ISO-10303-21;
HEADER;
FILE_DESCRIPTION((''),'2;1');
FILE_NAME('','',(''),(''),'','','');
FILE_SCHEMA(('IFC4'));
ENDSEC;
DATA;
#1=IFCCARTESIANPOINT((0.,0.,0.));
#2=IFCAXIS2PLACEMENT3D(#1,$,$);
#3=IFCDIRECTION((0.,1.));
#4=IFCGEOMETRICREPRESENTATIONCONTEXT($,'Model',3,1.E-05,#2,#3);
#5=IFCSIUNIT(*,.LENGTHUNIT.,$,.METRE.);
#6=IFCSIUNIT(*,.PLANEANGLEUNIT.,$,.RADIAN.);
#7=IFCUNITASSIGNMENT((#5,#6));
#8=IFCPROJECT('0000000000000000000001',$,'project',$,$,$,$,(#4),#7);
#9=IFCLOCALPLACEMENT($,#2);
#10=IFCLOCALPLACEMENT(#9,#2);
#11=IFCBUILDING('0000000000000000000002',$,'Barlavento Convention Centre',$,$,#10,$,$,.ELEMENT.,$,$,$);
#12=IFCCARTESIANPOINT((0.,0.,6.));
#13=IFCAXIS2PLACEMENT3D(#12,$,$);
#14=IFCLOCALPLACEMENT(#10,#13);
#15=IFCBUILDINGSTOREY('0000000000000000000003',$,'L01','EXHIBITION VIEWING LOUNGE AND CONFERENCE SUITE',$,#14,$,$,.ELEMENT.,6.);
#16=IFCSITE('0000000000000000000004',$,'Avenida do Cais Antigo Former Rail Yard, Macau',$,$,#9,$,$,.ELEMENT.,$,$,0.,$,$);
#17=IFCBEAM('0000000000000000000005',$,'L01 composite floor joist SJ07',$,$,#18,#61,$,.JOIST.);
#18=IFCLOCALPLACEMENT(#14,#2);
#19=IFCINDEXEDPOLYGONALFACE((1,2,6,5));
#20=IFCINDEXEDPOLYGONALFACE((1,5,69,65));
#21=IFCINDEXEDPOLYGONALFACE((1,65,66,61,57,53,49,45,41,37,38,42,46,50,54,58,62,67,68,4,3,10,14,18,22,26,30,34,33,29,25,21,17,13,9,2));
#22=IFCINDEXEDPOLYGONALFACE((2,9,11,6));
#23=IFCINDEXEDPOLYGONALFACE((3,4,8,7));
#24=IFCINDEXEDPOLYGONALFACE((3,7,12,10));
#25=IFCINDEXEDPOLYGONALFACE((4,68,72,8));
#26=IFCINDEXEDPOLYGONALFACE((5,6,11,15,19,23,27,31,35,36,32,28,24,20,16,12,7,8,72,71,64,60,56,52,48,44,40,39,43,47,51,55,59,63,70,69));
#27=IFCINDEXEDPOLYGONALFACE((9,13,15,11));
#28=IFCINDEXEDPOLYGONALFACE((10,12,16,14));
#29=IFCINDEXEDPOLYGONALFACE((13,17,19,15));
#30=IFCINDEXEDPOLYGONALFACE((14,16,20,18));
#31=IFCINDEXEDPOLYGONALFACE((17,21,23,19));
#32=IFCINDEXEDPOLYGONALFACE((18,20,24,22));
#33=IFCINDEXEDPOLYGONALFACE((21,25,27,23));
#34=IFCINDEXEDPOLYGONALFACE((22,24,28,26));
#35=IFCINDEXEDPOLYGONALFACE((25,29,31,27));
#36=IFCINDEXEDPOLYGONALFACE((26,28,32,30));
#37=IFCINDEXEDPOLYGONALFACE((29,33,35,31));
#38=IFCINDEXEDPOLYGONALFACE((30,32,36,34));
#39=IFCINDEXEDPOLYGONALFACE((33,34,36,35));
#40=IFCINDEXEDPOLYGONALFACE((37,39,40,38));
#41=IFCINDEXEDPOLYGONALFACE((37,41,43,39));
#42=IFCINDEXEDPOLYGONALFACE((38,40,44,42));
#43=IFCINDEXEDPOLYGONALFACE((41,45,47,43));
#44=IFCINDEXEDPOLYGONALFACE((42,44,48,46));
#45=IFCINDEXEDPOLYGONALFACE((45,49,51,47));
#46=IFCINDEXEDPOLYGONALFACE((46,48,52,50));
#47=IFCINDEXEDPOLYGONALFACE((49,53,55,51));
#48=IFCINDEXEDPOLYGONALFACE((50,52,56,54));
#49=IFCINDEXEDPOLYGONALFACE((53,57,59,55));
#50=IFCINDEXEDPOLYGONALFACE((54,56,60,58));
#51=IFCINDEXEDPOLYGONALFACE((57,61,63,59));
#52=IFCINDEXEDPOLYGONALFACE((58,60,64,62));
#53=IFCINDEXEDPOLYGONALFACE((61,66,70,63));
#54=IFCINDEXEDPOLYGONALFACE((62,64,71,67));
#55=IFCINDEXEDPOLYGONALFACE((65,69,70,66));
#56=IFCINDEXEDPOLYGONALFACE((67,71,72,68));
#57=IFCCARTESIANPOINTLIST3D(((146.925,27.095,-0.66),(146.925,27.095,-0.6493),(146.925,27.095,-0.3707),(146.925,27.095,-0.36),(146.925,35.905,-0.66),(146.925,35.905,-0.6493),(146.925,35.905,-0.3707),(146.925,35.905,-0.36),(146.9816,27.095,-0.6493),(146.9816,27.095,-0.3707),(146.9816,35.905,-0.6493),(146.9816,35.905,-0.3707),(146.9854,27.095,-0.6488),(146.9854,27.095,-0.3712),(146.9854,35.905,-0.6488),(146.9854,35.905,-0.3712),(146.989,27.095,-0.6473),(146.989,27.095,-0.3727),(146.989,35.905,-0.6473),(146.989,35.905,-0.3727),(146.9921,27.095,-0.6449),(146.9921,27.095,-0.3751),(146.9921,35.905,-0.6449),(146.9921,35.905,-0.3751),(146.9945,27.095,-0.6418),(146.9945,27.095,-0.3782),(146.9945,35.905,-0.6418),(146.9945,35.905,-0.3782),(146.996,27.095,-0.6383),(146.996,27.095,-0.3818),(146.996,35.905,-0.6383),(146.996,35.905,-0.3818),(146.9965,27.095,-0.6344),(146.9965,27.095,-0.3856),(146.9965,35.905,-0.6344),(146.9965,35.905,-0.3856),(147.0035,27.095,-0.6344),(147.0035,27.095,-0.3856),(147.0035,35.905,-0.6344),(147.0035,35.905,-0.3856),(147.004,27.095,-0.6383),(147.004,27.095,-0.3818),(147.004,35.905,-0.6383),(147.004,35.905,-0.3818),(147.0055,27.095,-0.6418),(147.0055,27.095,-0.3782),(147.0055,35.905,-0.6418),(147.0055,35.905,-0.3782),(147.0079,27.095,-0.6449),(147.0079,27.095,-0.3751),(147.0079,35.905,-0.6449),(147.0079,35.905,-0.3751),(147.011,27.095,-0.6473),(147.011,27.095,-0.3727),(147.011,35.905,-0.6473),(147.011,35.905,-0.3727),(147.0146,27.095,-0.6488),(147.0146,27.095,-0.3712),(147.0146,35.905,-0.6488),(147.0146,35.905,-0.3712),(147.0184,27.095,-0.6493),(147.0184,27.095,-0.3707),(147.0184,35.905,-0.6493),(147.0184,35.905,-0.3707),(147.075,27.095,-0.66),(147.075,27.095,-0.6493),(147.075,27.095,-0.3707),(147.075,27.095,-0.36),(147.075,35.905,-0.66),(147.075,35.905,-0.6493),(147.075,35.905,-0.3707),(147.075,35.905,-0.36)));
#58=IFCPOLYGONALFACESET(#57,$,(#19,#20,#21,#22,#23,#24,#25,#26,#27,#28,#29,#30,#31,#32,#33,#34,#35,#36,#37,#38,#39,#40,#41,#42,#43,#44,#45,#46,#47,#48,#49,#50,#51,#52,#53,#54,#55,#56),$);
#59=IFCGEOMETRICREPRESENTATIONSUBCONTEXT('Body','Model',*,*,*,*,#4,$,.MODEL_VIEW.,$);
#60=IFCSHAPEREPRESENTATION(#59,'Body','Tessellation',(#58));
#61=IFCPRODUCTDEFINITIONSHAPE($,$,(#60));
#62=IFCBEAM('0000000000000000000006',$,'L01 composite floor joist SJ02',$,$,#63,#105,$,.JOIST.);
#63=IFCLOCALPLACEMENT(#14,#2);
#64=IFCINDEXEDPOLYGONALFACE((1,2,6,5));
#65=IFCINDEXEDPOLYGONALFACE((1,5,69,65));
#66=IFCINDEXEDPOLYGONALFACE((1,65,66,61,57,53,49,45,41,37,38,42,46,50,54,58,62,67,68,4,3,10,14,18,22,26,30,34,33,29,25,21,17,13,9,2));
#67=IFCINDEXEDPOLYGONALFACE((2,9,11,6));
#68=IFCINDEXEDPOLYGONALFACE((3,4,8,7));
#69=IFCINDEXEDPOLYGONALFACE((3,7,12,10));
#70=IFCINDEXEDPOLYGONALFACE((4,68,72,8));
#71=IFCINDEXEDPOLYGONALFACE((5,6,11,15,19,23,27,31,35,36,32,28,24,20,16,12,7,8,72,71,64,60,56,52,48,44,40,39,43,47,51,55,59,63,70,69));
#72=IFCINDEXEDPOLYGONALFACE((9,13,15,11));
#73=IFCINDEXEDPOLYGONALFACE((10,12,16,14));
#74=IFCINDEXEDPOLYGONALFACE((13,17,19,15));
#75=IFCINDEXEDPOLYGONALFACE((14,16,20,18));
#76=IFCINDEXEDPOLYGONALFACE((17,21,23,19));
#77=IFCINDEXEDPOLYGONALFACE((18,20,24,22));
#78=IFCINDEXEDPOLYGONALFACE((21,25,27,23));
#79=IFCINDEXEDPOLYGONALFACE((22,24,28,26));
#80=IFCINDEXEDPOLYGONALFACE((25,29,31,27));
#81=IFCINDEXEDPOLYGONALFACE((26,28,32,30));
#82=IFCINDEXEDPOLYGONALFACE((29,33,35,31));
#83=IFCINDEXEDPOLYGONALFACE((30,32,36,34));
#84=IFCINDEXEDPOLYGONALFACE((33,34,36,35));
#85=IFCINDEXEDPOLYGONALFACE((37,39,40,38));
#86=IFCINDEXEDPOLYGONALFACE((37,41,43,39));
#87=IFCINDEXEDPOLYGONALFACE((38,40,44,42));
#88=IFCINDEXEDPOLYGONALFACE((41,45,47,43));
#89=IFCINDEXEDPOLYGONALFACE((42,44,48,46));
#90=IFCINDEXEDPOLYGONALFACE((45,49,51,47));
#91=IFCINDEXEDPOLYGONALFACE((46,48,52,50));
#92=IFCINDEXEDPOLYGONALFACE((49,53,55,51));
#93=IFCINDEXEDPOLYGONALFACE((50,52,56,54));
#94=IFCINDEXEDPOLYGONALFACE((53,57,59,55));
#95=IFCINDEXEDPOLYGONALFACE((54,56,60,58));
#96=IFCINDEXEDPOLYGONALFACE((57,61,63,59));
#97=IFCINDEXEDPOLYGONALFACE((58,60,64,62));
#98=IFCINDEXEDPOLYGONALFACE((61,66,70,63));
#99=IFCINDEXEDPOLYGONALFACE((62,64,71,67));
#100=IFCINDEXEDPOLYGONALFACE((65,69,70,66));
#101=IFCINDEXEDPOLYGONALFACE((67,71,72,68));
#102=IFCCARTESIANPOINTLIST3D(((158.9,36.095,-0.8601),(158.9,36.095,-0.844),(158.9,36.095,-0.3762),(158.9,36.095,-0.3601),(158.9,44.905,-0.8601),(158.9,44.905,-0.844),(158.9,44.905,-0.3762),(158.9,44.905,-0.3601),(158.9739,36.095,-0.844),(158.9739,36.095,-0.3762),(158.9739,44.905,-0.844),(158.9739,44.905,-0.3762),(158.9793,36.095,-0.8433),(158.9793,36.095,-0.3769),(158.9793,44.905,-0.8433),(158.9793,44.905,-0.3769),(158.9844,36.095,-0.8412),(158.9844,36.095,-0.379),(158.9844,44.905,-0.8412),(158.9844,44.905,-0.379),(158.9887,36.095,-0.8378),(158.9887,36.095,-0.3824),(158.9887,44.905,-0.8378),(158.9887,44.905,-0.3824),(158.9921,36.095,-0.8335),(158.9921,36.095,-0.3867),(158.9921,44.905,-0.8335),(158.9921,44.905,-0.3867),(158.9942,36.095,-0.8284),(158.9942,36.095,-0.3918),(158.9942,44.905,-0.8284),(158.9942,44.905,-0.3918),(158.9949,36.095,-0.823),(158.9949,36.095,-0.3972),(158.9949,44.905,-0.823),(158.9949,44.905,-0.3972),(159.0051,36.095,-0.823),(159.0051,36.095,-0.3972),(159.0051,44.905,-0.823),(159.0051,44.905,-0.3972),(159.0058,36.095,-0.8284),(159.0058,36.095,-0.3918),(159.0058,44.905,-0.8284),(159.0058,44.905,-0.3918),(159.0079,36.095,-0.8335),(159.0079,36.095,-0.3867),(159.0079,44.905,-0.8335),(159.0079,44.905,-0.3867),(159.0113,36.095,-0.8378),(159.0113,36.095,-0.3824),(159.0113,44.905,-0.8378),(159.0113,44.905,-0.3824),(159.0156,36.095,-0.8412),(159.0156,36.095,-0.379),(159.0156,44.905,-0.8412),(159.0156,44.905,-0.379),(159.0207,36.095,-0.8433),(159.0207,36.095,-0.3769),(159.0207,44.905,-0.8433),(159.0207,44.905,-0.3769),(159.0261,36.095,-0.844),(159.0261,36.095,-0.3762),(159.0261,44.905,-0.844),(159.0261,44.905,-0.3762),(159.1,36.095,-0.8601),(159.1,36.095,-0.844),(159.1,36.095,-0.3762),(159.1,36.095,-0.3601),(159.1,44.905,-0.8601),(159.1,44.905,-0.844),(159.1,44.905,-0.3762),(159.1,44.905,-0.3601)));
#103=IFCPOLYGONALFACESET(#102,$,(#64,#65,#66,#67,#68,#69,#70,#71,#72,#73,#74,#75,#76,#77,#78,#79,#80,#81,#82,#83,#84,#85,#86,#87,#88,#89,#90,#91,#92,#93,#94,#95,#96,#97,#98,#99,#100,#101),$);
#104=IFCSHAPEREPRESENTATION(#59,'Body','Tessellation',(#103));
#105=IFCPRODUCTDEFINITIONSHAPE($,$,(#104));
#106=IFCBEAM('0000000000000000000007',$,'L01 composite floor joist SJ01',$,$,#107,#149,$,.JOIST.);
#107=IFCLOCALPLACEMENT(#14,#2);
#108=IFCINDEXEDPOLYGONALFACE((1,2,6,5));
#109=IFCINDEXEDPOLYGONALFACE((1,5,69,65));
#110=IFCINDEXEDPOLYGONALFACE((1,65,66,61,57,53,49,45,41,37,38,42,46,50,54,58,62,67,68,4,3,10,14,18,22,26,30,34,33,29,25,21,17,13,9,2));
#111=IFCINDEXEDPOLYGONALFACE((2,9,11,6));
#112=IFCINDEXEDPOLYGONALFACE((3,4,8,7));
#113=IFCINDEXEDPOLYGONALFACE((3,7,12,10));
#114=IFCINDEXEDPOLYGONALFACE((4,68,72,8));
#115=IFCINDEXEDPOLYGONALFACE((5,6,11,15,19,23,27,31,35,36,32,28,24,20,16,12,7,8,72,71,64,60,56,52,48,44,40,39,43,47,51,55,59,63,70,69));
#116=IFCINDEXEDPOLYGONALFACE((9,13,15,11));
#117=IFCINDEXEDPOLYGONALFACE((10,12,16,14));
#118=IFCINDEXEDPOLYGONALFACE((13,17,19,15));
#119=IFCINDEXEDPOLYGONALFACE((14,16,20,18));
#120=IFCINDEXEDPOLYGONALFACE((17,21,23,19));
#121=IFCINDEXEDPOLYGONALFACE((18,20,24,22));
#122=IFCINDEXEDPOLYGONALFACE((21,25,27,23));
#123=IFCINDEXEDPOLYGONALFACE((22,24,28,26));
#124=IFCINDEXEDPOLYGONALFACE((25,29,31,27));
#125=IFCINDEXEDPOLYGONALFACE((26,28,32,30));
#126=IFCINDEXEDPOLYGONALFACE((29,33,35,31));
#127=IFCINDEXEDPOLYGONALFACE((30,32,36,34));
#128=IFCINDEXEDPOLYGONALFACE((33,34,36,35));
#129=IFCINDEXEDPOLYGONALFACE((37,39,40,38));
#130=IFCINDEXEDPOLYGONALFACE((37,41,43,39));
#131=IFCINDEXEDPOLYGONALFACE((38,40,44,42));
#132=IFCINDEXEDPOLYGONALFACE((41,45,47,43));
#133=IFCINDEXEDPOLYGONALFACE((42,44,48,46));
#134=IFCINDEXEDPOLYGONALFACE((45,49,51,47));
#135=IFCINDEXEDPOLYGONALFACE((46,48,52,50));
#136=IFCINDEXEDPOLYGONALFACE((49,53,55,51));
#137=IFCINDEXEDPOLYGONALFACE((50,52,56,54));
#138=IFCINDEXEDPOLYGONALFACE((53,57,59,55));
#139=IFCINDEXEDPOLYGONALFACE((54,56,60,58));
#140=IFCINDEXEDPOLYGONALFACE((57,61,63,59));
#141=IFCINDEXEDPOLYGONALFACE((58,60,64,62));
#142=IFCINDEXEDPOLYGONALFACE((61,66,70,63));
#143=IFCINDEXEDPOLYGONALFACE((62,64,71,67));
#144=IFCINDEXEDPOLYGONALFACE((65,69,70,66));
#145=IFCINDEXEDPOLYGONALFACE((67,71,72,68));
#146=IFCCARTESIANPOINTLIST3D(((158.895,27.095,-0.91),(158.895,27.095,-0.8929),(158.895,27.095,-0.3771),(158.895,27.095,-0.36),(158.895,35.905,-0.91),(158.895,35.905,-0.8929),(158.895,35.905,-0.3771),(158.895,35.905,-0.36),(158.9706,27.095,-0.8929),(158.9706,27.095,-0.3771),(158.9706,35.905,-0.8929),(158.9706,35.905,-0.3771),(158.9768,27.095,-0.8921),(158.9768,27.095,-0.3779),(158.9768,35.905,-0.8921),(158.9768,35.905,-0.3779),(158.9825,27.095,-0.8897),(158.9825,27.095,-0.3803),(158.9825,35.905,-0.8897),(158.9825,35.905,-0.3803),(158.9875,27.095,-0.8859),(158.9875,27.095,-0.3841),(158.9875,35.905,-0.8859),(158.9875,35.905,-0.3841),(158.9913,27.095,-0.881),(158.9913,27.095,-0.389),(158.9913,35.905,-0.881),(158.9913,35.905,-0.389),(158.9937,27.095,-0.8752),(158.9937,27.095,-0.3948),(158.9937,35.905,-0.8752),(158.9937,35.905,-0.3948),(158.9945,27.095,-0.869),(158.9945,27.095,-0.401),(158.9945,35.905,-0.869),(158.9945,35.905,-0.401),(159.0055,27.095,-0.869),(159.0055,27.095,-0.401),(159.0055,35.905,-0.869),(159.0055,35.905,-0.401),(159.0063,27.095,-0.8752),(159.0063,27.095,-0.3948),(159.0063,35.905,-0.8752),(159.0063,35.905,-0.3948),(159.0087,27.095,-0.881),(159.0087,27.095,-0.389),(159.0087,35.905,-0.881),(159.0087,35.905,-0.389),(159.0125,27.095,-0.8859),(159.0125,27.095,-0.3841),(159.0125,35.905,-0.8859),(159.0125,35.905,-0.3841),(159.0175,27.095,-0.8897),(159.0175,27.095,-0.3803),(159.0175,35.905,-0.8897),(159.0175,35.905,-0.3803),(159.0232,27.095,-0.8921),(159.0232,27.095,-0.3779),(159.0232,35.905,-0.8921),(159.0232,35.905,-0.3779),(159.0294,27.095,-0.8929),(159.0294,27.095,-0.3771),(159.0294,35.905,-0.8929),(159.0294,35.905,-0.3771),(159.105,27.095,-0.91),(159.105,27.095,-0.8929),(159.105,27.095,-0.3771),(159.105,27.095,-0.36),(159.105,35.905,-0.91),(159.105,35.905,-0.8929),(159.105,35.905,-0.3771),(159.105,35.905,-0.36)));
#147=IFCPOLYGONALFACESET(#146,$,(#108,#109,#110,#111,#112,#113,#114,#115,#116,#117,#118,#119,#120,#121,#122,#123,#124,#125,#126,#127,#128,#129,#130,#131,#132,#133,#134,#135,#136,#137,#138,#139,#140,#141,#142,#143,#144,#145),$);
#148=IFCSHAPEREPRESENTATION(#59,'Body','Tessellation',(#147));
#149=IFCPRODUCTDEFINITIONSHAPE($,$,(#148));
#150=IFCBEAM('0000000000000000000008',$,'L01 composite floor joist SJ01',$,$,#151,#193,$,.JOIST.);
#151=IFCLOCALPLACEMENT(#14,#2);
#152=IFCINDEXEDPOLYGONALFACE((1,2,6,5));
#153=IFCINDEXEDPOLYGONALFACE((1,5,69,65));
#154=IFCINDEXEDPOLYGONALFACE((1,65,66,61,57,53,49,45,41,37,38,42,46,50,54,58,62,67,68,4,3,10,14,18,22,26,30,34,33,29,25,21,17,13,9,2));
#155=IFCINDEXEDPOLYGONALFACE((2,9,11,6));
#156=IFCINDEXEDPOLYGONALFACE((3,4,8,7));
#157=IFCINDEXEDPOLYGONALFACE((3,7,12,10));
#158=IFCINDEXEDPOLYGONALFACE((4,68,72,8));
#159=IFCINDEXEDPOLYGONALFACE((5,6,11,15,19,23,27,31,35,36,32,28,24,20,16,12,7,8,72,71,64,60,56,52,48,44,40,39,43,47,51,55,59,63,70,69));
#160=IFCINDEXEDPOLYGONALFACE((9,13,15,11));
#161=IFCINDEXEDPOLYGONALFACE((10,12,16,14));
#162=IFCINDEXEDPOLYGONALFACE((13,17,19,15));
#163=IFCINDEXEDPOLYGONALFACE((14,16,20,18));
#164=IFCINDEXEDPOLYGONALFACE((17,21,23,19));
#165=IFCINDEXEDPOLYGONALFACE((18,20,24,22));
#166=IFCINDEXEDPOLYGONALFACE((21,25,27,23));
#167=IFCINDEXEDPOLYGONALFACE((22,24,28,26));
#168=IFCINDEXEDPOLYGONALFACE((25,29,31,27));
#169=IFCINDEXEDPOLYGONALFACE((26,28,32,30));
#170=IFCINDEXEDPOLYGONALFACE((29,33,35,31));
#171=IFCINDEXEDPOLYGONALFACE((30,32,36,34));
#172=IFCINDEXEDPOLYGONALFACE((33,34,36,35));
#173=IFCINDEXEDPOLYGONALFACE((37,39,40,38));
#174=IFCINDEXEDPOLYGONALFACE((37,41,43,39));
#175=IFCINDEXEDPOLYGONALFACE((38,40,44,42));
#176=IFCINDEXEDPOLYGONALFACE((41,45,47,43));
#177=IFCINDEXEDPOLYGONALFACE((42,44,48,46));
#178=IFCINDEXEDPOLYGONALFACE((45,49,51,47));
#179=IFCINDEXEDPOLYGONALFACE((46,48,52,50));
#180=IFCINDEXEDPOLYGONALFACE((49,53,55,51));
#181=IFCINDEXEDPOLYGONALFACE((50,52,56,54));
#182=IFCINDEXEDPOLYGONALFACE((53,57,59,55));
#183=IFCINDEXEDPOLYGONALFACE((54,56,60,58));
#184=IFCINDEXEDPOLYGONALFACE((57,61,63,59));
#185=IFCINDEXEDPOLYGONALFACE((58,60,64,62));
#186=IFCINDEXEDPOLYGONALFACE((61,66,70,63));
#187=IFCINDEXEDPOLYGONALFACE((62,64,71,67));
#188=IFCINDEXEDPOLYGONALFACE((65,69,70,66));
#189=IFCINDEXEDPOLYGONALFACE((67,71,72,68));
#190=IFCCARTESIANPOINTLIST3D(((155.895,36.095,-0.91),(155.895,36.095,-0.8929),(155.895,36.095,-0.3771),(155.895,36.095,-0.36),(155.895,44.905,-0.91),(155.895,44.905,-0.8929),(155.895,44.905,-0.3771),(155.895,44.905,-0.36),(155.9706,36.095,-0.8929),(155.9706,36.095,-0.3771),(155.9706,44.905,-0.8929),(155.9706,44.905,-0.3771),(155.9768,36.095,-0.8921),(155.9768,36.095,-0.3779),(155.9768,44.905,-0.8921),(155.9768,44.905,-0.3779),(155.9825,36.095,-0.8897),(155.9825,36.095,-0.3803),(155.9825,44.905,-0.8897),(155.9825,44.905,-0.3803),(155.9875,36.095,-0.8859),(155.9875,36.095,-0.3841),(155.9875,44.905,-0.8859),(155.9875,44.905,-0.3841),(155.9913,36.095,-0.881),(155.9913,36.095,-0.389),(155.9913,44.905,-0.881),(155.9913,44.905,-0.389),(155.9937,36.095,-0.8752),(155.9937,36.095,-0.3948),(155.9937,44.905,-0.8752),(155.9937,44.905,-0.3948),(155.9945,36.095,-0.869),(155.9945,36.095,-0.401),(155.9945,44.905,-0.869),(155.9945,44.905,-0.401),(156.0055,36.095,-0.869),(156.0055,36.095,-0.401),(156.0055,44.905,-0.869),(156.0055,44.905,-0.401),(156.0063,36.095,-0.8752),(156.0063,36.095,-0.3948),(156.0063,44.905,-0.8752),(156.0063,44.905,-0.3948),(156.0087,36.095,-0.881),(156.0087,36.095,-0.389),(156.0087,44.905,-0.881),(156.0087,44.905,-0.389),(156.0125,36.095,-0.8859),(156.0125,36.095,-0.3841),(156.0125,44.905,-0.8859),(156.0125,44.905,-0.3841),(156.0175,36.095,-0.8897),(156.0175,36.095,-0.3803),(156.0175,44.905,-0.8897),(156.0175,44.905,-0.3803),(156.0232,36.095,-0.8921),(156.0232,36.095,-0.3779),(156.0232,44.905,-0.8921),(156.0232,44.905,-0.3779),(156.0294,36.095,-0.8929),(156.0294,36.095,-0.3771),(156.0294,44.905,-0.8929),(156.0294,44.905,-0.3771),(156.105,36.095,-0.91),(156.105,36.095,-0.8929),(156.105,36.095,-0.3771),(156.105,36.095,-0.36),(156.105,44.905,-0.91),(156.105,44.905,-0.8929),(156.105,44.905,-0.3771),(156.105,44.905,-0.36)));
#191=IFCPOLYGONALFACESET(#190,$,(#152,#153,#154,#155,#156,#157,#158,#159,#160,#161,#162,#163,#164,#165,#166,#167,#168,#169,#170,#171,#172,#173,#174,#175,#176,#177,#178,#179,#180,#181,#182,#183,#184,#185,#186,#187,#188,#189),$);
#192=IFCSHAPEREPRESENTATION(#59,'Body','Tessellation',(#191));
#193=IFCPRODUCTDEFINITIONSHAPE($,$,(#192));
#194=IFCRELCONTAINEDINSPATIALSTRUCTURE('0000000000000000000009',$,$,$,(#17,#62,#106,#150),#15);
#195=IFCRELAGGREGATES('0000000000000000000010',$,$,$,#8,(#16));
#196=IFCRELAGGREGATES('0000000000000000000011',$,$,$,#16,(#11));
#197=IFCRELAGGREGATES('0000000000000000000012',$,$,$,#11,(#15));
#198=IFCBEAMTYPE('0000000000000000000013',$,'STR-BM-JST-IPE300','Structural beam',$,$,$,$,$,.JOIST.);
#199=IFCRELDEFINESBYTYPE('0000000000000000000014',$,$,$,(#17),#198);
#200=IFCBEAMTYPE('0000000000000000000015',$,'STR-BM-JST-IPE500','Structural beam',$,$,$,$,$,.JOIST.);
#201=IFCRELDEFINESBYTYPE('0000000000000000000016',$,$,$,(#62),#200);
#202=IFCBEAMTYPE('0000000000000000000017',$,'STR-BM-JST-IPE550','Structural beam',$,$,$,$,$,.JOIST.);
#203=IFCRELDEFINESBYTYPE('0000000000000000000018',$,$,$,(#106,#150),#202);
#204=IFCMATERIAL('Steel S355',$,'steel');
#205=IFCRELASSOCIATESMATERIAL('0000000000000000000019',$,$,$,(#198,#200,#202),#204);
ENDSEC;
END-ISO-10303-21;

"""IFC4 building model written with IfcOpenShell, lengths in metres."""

from ifc_helpers import new_model, si_unit, direction, frame, origin, origin_2d, place, context, subcontext, project, spatial, i_section, extrude, material, material_profile, profile_set, type_object, element, save


model = new_model("IFC4")

# Units and contexts
model_context = context("Model", 3, precision=1e-05, world=origin(), true_north=direction((0.0, 1.0)))
body_context = subcontext(model_context, "Body", "Model", "MODEL_VIEW")
ifc_project = project(units=[si_unit("LENGTHUNIT", "METRE"), si_unit("PLANEANGLEUNIT", "RADIAN")], contexts=[model_context])

# Site, building, storey
site_placement = place(None, origin())
site = spatial("IfcSite", under=ifc_project, at=site_placement, Name="Avenida do Cais Antigo Former Rail Yard, Macau", CompositionType="ELEMENT", RefElevation=0.0)
building_placement = place(site_placement, origin())
building = spatial("IfcBuilding", under=site, at=building_placement, Name="Barlavento Convention Centre", CompositionType="ELEMENT")
storey_placement = place(building_placement, frame((0.0, 0.0, 6.0)))
storey = spatial("IfcBuildingStorey", under=building, at=storey_placement, Name="L01", Description="EXHIBITION VIEWING LOUNGE AND CONFERENCE SUITE", CompositionType="ELEMENT", Elevation=6.0)

# Shared definitions
ifc_material_1 = material(Name="Steel S355", Category="steel")

# Beams
ifc_material_profile_1 = material_profile(ifc_material_1, i_section(OverallWidth=0.1499, OverallDepth=0.3, WebThickness=0.0071, FlangeThickness=0.0107, FilletRadius=0.0149, at=origin_2d()), Name="IPE 300")
ifc_profile_set_1 = profile_set([ifc_material_profile_1], Name="Steel S355")
beam_type_1 = type_object("IfcBeamType", Name="STR-BM-JST-IPE300", Description="Structural beam", PredefinedType="JOIST", material=ifc_profile_set_1)
beam_1_placement = place(storey_placement, frame((147.0, 27.095, -0.51), z_axis=(0.0, 1.0, 0.0), x_axis=(-1.0, 0.0, 0.0)))
element("IfcBeam", 1, at=beam_1_placement, inside=storey, type_object=beam_type_1, Name="L01 composite floor joist SJ07", PredefinedType="JOIST", context=body_context, shape_type="SweptSolid", body=[
    extrude(i_section(OverallWidth=0.1499, OverallDepth=0.3, WebThickness=0.0071, FlangeThickness=0.0107, FilletRadius=0.0149, at=origin_2d()), origin(), (0.0, 0.0, 1.0), 8.8101),
])
ifc_material_profile_2 = material_profile(ifc_material_1, i_section(OverallWidth=0.2, OverallDepth=0.5, WebThickness=0.0103, FlangeThickness=0.0161, FilletRadius=0.021, at=origin_2d()), Name="IPE 500")
ifc_profile_set_2 = profile_set([ifc_material_profile_2], Name="Steel S355")
beam_type_2 = type_object("IfcBeamType", Name="STR-BM-JST-IPE500", Description="Structural beam", PredefinedType="JOIST", material=ifc_profile_set_2)
beam_2_placement = place(storey_placement, frame((159.0, 36.095, -0.6101), z_axis=(0.0, 1.0, 0.0), x_axis=(-1.0, 0.0, 0.0)))
element("IfcBeam", 2, at=beam_2_placement, inside=storey, type_object=beam_type_2, Name="L01 composite floor joist SJ02", PredefinedType="JOIST", context=body_context, shape_type="SweptSolid", body=[
    extrude(i_section(OverallWidth=0.2, OverallDepth=0.5, WebThickness=0.0103, FlangeThickness=0.0161, FilletRadius=0.021, at=origin_2d()), origin(), (0.0, 0.0, 1.0), 8.8101),
])
ifc_material_profile_3 = material_profile(ifc_material_1, i_section(OverallWidth=0.21, OverallDepth=0.55, WebThickness=0.011, FlangeThickness=0.0171, FilletRadius=0.0239, at=origin_2d()), Name="IPE 550")
ifc_profile_set_3 = profile_set([ifc_material_profile_3], Name="Steel S355")
beam_type_3 = type_object("IfcBeamType", Name="STR-BM-JST-IPE550", Description="Structural beam", PredefinedType="JOIST", material=ifc_profile_set_3)
for number, where, z_axis, x_axis, name in (
    (3, (159.0, 27.095, -0.635), (0.0, 1.0, 0.0), (-1.0, 0.0, 0.0), "L01 composite floor joist SJ01"),
    (4, (156.0, 36.095, -0.635), (0.0, 1.0, 0.0), (-1.0, 0.0, 0.0), "L01 composite floor joist SJ01"),
):
    element("IfcBeam", number, at=place(storey_placement, frame(where, z_axis=z_axis, x_axis=x_axis)), inside=storey, type_object=beam_type_3, Name=name, PredefinedType="JOIST", context=body_context, shape_type="SweptSolid", body=[
        extrude(i_section(OverallWidth=0.21, OverallDepth=0.55, WebThickness=0.011, FlangeThickness=0.0171, FilletRadius=0.0239, at=origin_2d()), origin(), (0.0, 0.0, 1.0), 8.8101),
    ])

save(model, "model.ifc")
